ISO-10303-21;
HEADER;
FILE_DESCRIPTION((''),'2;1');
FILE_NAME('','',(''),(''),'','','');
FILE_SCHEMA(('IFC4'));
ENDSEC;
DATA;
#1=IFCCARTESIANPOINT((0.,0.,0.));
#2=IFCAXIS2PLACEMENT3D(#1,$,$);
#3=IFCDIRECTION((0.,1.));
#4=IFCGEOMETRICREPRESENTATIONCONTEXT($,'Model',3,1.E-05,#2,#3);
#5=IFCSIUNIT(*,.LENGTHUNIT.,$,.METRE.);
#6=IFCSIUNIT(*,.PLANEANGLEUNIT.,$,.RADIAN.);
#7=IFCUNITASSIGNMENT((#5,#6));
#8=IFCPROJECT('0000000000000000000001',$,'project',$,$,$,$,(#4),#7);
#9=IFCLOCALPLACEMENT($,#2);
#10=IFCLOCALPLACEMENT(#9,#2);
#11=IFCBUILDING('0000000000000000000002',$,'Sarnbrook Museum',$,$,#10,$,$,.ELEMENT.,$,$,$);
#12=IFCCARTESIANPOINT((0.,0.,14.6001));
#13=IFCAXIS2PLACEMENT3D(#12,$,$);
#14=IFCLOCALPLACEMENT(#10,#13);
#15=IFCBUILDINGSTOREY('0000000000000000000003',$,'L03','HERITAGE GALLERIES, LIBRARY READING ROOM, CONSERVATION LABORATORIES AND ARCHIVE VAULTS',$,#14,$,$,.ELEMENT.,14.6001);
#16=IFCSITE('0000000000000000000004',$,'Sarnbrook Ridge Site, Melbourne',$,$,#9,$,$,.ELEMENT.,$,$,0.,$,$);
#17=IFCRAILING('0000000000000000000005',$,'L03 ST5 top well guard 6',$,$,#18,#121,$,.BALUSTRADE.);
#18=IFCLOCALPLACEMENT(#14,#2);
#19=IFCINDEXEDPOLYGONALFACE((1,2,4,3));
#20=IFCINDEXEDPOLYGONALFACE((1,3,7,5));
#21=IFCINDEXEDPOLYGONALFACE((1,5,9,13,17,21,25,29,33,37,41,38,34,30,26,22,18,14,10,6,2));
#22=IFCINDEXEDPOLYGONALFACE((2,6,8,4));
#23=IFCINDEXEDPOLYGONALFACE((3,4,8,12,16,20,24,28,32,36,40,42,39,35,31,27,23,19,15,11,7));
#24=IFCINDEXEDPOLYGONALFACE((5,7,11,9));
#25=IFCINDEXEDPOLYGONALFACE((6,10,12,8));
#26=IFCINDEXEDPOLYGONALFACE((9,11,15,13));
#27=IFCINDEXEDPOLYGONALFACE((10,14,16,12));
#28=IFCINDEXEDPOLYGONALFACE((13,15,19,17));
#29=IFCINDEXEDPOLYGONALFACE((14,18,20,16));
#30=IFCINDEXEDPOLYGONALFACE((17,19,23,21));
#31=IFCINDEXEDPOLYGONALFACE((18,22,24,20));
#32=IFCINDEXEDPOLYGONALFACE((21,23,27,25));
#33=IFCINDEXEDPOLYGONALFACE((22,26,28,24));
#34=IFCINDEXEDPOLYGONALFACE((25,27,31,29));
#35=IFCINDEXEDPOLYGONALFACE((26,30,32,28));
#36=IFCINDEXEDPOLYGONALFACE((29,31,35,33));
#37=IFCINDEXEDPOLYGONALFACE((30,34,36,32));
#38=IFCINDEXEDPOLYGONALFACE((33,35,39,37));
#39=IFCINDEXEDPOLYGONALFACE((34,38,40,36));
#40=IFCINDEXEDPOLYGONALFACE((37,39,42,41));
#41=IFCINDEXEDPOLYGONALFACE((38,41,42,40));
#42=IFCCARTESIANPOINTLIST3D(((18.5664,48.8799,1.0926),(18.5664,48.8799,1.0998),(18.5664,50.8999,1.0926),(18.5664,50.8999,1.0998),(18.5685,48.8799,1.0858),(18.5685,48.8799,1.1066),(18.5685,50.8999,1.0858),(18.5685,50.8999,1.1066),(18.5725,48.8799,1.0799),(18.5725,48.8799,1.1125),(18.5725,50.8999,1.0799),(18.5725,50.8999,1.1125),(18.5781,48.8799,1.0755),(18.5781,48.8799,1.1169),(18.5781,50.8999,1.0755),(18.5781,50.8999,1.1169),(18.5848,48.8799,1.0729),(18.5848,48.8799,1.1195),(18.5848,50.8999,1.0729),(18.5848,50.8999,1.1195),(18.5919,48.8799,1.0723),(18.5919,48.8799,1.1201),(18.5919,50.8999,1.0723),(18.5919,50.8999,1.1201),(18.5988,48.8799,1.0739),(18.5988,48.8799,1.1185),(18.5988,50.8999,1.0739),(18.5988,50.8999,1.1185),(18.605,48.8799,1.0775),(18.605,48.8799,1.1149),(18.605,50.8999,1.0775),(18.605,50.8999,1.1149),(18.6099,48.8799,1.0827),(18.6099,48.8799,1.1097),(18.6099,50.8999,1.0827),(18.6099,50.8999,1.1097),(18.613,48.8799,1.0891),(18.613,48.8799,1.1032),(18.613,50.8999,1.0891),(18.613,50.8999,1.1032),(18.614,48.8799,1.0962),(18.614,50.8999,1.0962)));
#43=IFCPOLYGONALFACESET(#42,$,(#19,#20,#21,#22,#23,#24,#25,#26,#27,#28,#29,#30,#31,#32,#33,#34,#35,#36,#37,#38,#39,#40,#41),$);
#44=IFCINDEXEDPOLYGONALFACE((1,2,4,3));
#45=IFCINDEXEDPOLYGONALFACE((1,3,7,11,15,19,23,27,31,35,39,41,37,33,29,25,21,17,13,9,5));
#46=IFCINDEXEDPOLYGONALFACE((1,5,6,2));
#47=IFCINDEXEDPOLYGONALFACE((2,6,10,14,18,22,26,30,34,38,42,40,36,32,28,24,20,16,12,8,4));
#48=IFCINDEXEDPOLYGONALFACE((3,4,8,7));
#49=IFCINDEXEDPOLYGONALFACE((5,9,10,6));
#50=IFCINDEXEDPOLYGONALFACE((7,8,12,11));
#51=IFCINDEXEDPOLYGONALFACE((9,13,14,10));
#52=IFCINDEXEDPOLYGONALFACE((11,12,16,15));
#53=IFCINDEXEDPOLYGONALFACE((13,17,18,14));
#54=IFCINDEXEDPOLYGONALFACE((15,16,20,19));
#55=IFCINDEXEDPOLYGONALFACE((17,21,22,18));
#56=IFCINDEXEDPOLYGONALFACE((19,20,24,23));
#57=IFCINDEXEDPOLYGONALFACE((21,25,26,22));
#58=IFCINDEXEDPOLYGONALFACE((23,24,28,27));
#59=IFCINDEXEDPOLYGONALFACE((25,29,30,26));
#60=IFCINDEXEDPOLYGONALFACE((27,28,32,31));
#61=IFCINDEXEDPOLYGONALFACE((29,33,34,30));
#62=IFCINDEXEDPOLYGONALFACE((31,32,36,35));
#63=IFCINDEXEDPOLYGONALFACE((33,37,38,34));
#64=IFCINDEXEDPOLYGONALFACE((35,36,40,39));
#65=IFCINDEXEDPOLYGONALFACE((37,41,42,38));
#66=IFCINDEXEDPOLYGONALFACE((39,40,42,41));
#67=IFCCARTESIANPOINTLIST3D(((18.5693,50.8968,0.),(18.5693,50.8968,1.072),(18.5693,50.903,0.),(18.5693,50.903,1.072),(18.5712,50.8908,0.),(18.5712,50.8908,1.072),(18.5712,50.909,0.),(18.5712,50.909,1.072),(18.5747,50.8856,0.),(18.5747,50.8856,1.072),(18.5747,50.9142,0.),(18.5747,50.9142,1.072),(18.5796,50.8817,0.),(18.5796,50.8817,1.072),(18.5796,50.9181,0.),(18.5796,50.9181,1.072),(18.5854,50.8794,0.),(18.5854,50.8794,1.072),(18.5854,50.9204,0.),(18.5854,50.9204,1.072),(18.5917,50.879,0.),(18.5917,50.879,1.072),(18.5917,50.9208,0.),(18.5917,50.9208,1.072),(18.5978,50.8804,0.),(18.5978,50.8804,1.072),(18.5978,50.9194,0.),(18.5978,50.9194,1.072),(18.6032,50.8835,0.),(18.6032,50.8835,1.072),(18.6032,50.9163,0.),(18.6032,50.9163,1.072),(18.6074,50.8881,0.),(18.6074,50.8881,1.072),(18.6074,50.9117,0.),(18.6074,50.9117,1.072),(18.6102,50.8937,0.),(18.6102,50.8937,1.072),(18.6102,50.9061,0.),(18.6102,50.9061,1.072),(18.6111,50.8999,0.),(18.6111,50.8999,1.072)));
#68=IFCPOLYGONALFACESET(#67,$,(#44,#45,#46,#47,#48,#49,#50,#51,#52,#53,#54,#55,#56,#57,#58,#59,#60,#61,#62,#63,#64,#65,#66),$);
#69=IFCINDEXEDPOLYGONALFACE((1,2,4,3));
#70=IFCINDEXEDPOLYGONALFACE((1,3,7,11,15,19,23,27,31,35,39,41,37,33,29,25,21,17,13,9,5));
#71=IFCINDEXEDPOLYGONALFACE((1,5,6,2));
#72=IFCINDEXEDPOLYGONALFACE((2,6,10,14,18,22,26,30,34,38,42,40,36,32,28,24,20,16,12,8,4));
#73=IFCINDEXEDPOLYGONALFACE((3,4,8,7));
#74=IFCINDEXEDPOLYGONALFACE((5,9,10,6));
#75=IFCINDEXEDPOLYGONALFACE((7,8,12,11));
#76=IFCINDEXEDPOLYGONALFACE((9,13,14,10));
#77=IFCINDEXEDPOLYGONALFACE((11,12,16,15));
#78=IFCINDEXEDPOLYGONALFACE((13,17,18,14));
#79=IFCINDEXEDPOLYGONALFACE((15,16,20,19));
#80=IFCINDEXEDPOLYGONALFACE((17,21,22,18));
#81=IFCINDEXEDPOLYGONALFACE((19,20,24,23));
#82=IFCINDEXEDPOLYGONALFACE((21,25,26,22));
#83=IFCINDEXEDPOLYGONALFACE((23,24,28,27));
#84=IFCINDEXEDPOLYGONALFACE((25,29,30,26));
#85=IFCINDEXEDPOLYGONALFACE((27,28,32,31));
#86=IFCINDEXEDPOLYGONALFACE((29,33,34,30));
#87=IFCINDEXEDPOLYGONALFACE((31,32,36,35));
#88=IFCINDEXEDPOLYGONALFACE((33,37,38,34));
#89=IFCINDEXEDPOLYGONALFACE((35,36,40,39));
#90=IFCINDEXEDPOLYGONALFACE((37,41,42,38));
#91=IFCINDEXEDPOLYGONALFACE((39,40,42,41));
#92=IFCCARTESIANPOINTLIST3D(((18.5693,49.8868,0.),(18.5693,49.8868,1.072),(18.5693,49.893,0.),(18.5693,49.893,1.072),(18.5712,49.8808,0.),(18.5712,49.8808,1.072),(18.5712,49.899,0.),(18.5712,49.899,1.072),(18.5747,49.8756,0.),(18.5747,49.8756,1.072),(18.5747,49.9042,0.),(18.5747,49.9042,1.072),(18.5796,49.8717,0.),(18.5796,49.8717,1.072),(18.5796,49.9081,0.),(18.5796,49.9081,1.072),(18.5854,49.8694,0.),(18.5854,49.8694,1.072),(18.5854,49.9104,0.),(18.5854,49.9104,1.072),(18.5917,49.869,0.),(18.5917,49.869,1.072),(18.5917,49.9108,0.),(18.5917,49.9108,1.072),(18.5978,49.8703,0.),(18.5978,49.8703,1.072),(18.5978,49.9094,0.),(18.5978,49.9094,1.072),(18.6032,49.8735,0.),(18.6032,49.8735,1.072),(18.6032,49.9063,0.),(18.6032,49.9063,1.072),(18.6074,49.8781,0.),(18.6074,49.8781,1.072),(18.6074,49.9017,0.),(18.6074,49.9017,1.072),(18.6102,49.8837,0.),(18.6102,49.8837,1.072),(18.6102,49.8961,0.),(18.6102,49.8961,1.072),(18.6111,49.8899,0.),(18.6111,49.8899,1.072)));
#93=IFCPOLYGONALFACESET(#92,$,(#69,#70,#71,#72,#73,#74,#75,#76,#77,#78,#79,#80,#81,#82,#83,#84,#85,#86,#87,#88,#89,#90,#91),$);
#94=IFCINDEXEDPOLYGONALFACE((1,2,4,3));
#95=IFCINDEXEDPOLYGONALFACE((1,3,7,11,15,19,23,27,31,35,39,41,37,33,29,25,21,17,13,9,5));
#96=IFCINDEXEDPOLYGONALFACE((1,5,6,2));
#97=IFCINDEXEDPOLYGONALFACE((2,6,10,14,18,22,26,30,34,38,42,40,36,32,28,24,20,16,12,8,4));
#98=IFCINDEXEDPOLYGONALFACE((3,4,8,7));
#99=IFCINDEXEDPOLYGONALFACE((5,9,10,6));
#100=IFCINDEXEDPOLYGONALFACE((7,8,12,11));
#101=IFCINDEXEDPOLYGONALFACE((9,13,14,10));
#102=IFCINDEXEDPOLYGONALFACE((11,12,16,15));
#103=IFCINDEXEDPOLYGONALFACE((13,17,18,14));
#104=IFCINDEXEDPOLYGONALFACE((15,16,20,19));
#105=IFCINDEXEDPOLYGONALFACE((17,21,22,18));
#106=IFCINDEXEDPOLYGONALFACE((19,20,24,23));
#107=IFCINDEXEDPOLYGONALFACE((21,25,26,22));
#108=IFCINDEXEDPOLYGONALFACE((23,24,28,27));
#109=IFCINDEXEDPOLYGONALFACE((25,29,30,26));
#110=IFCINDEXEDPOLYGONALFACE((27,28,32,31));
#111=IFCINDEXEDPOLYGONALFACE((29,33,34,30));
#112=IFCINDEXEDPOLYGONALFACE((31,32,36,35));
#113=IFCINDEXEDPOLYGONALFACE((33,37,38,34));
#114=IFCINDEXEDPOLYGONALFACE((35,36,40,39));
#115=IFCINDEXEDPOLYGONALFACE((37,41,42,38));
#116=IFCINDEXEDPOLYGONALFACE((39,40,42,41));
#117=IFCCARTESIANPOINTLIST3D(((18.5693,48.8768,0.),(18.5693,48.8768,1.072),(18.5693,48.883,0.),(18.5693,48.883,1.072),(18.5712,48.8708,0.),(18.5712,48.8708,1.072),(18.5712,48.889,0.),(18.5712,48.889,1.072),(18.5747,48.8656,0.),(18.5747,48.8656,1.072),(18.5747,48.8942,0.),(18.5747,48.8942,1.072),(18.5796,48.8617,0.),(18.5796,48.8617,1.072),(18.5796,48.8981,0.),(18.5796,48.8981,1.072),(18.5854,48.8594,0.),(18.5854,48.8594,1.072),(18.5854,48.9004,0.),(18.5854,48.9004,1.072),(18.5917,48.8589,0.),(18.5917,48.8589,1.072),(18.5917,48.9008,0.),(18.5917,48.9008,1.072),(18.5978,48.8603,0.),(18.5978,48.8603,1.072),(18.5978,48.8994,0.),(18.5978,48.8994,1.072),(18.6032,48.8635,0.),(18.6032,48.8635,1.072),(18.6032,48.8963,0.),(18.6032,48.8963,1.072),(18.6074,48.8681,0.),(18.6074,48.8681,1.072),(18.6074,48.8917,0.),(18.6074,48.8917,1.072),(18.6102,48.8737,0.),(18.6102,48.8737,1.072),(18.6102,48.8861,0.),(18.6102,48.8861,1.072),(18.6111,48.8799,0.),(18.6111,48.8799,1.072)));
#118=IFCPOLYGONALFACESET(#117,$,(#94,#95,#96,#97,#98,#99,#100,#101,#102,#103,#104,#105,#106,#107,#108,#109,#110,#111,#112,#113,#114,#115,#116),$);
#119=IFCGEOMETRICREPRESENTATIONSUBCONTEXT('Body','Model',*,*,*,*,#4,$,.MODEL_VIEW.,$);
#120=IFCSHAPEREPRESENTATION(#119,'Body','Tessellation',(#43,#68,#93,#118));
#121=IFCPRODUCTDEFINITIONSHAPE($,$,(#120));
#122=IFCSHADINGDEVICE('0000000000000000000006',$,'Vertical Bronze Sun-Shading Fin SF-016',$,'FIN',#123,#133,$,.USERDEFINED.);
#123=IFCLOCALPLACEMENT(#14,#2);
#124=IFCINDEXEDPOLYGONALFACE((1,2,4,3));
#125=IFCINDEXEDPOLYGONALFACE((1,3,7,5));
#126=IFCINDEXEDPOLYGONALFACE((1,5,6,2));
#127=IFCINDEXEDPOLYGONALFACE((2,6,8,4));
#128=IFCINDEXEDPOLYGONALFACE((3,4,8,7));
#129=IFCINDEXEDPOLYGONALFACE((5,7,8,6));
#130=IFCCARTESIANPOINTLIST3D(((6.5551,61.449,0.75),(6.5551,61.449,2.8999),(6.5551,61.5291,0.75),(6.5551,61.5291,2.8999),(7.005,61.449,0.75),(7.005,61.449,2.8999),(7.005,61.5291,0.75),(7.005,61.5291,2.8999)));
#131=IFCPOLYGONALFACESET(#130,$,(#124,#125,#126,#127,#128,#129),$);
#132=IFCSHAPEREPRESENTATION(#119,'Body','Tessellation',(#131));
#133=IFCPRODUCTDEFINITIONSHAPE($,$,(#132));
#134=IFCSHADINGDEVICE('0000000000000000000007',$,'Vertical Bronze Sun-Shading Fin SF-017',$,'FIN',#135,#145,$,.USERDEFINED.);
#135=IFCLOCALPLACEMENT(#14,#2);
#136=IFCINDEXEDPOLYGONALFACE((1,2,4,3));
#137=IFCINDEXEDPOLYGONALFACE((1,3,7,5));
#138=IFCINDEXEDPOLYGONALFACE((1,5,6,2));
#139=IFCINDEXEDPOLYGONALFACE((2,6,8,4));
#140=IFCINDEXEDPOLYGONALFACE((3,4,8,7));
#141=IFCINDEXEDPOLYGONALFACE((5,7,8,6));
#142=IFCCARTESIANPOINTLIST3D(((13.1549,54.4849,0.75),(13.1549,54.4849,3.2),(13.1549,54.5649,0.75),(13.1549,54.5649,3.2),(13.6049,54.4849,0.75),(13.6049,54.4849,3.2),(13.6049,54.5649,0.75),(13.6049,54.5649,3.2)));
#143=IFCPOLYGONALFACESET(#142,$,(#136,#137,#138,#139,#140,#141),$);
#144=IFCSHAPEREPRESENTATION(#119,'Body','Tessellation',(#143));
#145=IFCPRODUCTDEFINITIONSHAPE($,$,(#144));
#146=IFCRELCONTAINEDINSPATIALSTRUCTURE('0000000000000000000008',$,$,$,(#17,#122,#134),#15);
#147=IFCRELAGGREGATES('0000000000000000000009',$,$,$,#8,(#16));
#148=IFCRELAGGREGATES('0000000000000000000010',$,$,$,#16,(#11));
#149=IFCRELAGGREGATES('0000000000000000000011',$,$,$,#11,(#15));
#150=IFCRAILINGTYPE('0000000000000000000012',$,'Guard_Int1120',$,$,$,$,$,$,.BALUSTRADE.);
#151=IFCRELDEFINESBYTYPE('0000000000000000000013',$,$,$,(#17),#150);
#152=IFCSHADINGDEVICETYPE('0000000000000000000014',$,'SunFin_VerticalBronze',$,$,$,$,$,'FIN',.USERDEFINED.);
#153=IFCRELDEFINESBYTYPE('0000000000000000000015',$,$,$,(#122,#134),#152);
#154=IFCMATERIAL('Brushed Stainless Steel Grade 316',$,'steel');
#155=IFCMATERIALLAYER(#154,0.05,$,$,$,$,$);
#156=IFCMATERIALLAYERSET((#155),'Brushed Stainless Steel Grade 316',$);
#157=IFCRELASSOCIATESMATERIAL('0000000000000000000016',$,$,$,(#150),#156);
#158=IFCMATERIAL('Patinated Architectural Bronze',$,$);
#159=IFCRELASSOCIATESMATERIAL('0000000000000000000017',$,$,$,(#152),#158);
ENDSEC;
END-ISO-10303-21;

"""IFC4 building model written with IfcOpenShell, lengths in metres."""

from ifc_helpers import new_model, si_unit, direction, frame, origin, origin_2d, place, context, subcontext, project, spatial, rectangle, circle, extrude, material, layer, layer_set, type_object, element, save


model = new_model("IFC4")

# Units and contexts
model_context = context("Model", 3, precision=1e-05, world=origin(), true_north=direction((0.0, 1.0)))
body_context = subcontext(model_context, "Body", "Model", "MODEL_VIEW")
ifc_project = project(units=[si_unit("LENGTHUNIT", "METRE"), si_unit("PLANEANGLEUNIT", "RADIAN")], contexts=[model_context])

# Site, building, storey
site_placement = place(None, origin())
site = spatial("IfcSite", under=ifc_project, at=site_placement, Name="Sarnbrook Ridge Site, Melbourne", CompositionType="ELEMENT", RefElevation=0.0)
building_placement = place(site_placement, origin())
building = spatial("IfcBuilding", under=site, at=building_placement, Name="Sarnbrook Museum", CompositionType="ELEMENT")
storey_placement = place(building_placement, frame((0.0, 0.0, 14.6001)))
storey = spatial("IfcBuildingStorey", under=building, at=storey_placement, Name="L03", Description="HERITAGE GALLERIES, LIBRARY READING ROOM, CONSERVATION LABORATORIES AND ARCHIVE VAULTS", CompositionType="ELEMENT", Elevation=14.6001)

# Shared definitions
ifc_material_1 = material(Name="Brushed Stainless Steel Grade 316", Category="steel")

# Railing
ifc_layer_1 = layer(ifc_material_1, 0.05)
ifc_layer_set_1 = layer_set([ifc_layer_1], Name="Brushed Stainless Steel Grade 316")
railing_type = type_object("IfcRailingType", Name="Guard_Int1120", PredefinedType="BALUSTRADE", material=ifc_layer_set_1)
for number, where, name in (
    (1, (18.5901, 50.8999, 0.0), "L03 ST5 top well guard 6"),
):
    element("IfcRailing", number, at=place(storey_placement, frame(where)), inside=storey, type_object=railing_type, Name=name, PredefinedType="BALUSTRADE", context=body_context, shape_type="SweptSolid", body=[
        extrude(circle(Radius=0.0239, at=origin_2d()), frame((0.0, 0.0, 1.0962), z_axis=(0.0, -1.0, 0.0), x_axis=(1.0, 0.0, 0.0)), (0.0, 0.0, 1.0), 2.02),
        extrude(circle(Radius=0.021, at=origin_2d()), origin(), (0.0, 0.0, 1.0), 1.072),
        extrude(circle(Radius=0.021, at=origin_2d()), frame((0.0, -1.01, 0.0)), (0.0, 0.0, 1.0), 1.072),
        extrude(circle(Radius=0.021, at=origin_2d()), frame((0.0, -2.02, 0.0)), (0.0, 0.0, 1.0), 1.072),
    ])

# Shading devices
ifc_material_2 = material(Name="Patinated Architectural Bronze")
shading_device_type = type_object("IfcShadingDeviceType", Name="SunFin_VerticalBronze", ElementType="FIN", PredefinedType="USERDEFINED", material=ifc_material_2)
shading_device_1_placement = place(storey_placement, frame((6.78, 61.489, 0.75), z_axis=(0.0, 0.0, 1.0), x_axis=(1.0, 0.0, 0.0)))
element("IfcShadingDevice", 2, at=shading_device_1_placement, inside=storey, type_object=shading_device_type, Name="Vertical Bronze Sun-Shading Fin SF-016", ObjectType="FIN", PredefinedType="USERDEFINED", context=body_context, shape_type="SweptSolid", body=[
    extrude(rectangle(XDim=0.45, YDim=0.0801, at=origin_2d()), origin(), (0.0, 0.0, 1.0), 2.1499),
])
shading_device_2_placement = place(storey_placement, frame((13.3799, 54.5249, 0.75), z_axis=(0.0, 0.0, 1.0), x_axis=(1.0, 0.0, 0.0)))
element("IfcShadingDevice", 3, at=shading_device_2_placement, inside=storey, type_object=shading_device_type, Name="Vertical Bronze Sun-Shading Fin SF-017", ObjectType="FIN", PredefinedType="USERDEFINED", context=body_context, shape_type="SweptSolid", body=[
    extrude(rectangle(XDim=0.45, YDim=0.0801, at=origin_2d()), origin(), (0.0, 0.0, 1.0), 2.45),
])

save(model, "model.ifc")
